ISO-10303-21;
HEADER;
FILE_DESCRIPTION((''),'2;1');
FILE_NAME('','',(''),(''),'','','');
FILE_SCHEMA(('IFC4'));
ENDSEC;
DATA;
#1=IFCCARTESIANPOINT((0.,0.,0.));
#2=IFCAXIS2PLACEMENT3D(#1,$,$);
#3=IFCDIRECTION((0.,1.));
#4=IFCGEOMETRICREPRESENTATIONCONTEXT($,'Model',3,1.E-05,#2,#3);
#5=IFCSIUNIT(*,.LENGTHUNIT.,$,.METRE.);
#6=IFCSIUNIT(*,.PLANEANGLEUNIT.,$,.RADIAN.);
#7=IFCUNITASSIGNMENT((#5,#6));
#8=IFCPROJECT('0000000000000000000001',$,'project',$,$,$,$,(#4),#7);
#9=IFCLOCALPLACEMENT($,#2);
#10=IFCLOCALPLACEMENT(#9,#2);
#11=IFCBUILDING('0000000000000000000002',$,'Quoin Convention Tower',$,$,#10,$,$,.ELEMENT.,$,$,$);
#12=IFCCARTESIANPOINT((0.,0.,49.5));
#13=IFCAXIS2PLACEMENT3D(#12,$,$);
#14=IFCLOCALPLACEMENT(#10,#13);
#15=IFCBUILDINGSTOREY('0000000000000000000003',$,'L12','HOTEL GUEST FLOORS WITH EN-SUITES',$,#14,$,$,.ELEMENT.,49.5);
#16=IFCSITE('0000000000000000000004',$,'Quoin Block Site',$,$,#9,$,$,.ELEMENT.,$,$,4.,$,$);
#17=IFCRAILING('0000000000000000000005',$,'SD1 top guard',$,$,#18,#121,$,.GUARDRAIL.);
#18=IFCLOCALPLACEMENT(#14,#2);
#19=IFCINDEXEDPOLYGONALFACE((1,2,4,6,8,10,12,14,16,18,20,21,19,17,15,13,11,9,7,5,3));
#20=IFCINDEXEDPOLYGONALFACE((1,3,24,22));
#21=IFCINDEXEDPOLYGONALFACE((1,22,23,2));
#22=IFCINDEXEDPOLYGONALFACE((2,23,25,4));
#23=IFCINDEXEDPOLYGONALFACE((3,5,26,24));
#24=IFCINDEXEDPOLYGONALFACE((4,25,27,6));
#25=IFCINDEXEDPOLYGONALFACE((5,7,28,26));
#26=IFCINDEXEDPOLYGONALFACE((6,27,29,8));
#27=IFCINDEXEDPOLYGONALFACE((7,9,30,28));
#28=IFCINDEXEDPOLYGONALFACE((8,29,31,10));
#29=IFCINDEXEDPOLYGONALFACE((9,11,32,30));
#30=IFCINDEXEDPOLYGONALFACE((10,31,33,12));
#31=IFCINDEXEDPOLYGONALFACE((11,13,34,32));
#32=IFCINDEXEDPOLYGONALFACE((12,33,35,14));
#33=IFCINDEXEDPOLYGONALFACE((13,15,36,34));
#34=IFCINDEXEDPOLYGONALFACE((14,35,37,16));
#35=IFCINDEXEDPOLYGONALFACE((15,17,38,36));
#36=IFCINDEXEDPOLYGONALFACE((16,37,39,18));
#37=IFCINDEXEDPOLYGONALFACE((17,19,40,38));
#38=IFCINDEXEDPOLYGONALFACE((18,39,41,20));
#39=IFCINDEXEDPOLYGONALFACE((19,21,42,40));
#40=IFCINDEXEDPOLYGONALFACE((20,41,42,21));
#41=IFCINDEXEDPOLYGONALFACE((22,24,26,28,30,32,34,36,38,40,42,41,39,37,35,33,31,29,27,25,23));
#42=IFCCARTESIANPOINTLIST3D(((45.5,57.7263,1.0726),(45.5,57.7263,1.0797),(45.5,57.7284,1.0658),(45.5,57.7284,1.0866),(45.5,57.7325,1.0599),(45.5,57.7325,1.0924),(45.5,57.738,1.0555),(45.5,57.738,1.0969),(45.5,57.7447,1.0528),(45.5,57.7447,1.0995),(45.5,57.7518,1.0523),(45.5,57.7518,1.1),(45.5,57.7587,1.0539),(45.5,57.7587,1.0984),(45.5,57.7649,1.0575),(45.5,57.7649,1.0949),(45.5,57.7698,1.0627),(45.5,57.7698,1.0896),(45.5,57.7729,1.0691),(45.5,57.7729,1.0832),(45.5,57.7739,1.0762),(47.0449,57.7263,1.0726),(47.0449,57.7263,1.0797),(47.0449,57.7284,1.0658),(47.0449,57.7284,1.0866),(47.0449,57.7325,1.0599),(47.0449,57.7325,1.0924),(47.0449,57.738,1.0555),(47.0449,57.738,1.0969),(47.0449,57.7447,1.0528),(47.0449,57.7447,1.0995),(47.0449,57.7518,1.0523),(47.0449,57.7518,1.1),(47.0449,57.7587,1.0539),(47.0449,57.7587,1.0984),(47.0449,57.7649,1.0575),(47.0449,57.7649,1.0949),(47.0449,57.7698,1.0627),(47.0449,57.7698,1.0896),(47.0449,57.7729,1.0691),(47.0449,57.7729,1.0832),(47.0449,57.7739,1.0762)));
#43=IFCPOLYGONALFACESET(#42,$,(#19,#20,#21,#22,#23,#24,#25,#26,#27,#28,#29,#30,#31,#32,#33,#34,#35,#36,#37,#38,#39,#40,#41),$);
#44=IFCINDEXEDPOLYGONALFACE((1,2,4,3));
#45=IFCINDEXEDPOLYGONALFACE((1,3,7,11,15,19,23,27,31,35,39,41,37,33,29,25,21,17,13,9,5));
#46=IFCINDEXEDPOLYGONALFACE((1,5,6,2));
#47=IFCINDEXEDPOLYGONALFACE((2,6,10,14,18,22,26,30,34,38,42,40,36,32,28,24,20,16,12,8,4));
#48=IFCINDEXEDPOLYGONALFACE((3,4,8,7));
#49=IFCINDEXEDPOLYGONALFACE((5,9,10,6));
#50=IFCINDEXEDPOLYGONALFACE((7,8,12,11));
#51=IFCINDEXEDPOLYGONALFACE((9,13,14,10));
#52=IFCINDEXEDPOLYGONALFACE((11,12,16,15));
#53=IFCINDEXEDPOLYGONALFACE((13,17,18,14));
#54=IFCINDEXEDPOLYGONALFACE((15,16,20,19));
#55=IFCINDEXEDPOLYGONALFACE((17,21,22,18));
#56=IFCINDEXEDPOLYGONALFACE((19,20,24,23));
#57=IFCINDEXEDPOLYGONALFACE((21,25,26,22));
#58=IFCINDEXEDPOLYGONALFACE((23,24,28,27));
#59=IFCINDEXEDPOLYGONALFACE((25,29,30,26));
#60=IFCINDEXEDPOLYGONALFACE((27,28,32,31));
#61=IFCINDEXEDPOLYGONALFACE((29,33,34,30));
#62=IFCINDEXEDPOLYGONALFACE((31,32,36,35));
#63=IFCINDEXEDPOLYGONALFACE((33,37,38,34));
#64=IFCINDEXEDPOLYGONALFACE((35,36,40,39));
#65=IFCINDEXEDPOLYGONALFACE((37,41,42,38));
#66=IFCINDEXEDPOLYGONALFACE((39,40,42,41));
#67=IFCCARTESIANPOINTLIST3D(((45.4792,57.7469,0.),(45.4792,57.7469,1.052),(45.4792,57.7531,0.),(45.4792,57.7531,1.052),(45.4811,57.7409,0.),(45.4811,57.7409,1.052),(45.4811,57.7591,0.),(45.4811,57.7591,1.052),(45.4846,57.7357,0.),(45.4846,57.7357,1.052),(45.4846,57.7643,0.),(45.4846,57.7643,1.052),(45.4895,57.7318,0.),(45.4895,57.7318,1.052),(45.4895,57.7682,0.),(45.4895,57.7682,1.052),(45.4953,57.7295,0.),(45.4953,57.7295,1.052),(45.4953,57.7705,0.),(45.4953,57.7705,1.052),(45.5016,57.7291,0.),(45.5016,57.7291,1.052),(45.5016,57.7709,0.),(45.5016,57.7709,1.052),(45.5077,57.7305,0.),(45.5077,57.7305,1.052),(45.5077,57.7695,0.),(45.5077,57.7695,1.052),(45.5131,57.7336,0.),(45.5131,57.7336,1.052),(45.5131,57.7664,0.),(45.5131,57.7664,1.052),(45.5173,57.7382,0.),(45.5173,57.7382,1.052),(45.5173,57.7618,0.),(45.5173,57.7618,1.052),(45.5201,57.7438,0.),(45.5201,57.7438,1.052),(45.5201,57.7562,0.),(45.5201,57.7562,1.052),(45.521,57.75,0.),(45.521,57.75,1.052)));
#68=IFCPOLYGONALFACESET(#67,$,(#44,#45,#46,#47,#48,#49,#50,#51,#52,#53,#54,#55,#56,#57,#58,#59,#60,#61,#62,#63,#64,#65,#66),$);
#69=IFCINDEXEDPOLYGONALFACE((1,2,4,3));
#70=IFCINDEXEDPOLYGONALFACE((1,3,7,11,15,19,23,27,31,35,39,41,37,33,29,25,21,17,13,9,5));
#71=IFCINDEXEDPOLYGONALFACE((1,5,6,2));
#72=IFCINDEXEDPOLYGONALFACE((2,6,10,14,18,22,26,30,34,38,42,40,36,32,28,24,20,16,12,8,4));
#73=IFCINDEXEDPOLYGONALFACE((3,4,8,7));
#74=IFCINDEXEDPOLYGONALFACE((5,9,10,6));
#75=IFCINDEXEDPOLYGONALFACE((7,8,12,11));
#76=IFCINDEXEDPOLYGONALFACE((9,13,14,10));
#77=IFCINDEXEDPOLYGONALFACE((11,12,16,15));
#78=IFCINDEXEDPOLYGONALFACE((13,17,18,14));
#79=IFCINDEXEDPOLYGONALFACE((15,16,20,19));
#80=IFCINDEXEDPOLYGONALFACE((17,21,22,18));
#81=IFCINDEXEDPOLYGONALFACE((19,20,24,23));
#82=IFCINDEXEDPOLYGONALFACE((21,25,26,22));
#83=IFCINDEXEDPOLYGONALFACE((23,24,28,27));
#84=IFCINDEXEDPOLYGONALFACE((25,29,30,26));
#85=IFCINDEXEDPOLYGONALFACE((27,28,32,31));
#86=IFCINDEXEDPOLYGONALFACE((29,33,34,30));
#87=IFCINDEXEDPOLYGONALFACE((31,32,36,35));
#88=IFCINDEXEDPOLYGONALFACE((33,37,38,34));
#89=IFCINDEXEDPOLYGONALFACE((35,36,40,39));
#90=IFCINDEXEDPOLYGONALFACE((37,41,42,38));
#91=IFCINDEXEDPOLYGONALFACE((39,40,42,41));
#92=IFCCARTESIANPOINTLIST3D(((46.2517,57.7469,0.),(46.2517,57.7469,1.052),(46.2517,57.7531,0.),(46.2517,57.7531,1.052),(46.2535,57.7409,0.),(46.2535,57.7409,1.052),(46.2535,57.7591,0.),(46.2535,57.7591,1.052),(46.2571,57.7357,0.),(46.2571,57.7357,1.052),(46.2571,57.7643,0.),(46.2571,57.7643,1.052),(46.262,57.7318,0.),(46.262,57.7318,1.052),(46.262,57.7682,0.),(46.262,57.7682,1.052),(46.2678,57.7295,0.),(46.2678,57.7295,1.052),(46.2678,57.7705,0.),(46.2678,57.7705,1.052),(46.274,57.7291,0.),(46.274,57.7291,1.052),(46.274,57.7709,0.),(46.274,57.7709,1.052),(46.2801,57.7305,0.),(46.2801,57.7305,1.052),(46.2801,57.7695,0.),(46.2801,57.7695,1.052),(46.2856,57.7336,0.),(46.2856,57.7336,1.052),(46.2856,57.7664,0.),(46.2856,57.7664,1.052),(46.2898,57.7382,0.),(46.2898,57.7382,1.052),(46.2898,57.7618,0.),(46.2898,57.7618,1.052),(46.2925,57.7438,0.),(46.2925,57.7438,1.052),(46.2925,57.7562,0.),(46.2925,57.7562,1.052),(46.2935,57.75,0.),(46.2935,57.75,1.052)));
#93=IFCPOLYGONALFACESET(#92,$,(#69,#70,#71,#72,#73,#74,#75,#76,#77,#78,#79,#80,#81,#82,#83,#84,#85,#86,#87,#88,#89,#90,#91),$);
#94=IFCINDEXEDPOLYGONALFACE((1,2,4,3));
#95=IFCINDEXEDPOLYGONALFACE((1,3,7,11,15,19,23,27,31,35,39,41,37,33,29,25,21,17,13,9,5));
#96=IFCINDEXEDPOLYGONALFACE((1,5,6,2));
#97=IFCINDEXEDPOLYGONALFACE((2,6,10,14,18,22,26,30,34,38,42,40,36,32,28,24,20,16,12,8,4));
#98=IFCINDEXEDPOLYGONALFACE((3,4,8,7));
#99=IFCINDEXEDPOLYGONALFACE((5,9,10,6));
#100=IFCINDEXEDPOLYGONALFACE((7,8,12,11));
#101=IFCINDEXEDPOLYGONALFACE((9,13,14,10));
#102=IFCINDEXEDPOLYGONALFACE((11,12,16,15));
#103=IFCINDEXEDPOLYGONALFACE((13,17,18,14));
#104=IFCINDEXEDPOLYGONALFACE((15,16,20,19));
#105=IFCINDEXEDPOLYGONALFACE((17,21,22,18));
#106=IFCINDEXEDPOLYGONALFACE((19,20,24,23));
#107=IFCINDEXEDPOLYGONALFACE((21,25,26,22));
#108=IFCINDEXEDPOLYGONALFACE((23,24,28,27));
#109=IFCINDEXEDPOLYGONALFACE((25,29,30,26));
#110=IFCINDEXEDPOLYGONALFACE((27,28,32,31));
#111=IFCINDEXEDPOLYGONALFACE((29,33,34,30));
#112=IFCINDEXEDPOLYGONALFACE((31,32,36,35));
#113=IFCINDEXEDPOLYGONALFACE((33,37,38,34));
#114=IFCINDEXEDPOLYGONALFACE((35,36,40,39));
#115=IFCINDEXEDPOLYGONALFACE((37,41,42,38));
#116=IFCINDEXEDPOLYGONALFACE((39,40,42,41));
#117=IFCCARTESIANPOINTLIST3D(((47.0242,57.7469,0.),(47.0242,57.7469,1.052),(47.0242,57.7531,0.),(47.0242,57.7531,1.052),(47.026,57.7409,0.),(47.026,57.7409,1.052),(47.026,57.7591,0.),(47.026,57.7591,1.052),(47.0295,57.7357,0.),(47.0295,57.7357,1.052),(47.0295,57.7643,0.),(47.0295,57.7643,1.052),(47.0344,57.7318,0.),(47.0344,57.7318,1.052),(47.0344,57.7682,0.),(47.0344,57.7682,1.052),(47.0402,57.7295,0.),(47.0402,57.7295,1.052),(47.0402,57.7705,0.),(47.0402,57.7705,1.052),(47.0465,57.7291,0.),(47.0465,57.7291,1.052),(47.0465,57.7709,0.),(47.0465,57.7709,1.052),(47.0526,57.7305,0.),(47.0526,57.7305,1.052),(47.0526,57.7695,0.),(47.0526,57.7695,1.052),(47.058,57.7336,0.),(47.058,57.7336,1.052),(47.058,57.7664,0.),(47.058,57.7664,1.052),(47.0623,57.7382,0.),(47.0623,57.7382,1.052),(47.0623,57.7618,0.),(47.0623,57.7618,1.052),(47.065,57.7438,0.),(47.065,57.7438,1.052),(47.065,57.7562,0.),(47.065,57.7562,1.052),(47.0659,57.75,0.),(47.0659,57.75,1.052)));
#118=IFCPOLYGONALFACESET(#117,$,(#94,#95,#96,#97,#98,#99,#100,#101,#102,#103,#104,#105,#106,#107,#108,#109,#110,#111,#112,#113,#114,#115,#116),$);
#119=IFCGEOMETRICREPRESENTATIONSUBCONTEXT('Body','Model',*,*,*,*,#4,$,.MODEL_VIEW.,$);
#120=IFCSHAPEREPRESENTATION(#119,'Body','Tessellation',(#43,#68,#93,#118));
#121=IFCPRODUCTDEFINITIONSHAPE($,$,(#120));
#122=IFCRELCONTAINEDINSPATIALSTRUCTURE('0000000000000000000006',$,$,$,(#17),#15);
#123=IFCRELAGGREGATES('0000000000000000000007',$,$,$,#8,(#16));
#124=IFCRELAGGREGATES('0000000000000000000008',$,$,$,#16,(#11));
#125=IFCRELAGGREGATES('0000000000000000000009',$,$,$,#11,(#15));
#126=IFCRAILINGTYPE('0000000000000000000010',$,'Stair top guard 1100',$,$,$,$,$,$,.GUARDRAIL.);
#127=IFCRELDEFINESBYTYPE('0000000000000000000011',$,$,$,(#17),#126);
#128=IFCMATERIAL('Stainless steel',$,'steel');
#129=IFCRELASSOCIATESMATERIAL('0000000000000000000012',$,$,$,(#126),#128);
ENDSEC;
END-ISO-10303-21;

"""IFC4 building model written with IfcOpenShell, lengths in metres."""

from ifc_helpers import new_model, si_unit, direction, frame, origin, origin_2d, place, context, subcontext, project, spatial, circle, extrude, material, type_object, element, save


model = new_model("IFC4")

# Units and contexts
model_context = context("Model", 3, precision=1e-05, world=origin(), true_north=direction((0.0, 1.0)))
body_context = subcontext(model_context, "Body", "Model", "MODEL_VIEW")
ifc_project = project(units=[si_unit("LENGTHUNIT", "METRE"), si_unit("PLANEANGLEUNIT", "RADIAN")], contexts=[model_context])

# Site, building, storey
site_placement = place(None, origin())
site = spatial("IfcSite", under=ifc_project, at=site_placement, Name="Quoin Block Site", CompositionType="ELEMENT", RefElevation=4.0)
building_placement = place(site_placement, origin())
building = spatial("IfcBuilding", under=site, at=building_placement, Name="Quoin Convention Tower", CompositionType="ELEMENT")
storey_placement = place(building_placement, frame((0.0, 0.0, 49.5)))
storey = spatial("IfcBuildingStorey", under=building, at=storey_placement, Name="L12", Description="HOTEL GUEST FLOORS WITH EN-SUITES", CompositionType="ELEMENT", Elevation=49.5)

# Railing
ifc_material_1 = material(Name="Stainless steel", Category="steel")
railing_type = type_object("IfcRailingType", Name="Stair top guard 1100", PredefinedType="GUARDRAIL", material=ifc_material_1)
railing_placement = place(storey_placement, frame((45.5, 57.75, 0.0)))
element("IfcRailing", 1, at=railing_placement, inside=storey, type_object=railing_type, Name="SD1 top guard", PredefinedType="GUARDRAIL", context=body_context, shape_type="SweptSolid", body=[
    extrude(circle(Radius=0.0239, at=origin_2d()), frame((0.0, 0.0, 1.0762), z_axis=(1.0, 0.0, 0.0), x_axis=(0.0, 1.0, 0.0)), (0.0, 0.0, 1.0), 1.5449),
    extrude(circle(Radius=0.021, at=origin_2d()), origin(), (0.0, 0.0, 1.0), 1.052),
    extrude(circle(Radius=0.021, at=origin_2d()), frame((0.7725, 0.0, 0.0)), (0.0, 0.0, 1.0), 1.052),
    extrude(circle(Radius=0.021, at=origin_2d()), frame((1.5449, 0.0, 0.0)), (0.0, 0.0, 1.0), 1.052),
])

save(model, "model.ifc")
